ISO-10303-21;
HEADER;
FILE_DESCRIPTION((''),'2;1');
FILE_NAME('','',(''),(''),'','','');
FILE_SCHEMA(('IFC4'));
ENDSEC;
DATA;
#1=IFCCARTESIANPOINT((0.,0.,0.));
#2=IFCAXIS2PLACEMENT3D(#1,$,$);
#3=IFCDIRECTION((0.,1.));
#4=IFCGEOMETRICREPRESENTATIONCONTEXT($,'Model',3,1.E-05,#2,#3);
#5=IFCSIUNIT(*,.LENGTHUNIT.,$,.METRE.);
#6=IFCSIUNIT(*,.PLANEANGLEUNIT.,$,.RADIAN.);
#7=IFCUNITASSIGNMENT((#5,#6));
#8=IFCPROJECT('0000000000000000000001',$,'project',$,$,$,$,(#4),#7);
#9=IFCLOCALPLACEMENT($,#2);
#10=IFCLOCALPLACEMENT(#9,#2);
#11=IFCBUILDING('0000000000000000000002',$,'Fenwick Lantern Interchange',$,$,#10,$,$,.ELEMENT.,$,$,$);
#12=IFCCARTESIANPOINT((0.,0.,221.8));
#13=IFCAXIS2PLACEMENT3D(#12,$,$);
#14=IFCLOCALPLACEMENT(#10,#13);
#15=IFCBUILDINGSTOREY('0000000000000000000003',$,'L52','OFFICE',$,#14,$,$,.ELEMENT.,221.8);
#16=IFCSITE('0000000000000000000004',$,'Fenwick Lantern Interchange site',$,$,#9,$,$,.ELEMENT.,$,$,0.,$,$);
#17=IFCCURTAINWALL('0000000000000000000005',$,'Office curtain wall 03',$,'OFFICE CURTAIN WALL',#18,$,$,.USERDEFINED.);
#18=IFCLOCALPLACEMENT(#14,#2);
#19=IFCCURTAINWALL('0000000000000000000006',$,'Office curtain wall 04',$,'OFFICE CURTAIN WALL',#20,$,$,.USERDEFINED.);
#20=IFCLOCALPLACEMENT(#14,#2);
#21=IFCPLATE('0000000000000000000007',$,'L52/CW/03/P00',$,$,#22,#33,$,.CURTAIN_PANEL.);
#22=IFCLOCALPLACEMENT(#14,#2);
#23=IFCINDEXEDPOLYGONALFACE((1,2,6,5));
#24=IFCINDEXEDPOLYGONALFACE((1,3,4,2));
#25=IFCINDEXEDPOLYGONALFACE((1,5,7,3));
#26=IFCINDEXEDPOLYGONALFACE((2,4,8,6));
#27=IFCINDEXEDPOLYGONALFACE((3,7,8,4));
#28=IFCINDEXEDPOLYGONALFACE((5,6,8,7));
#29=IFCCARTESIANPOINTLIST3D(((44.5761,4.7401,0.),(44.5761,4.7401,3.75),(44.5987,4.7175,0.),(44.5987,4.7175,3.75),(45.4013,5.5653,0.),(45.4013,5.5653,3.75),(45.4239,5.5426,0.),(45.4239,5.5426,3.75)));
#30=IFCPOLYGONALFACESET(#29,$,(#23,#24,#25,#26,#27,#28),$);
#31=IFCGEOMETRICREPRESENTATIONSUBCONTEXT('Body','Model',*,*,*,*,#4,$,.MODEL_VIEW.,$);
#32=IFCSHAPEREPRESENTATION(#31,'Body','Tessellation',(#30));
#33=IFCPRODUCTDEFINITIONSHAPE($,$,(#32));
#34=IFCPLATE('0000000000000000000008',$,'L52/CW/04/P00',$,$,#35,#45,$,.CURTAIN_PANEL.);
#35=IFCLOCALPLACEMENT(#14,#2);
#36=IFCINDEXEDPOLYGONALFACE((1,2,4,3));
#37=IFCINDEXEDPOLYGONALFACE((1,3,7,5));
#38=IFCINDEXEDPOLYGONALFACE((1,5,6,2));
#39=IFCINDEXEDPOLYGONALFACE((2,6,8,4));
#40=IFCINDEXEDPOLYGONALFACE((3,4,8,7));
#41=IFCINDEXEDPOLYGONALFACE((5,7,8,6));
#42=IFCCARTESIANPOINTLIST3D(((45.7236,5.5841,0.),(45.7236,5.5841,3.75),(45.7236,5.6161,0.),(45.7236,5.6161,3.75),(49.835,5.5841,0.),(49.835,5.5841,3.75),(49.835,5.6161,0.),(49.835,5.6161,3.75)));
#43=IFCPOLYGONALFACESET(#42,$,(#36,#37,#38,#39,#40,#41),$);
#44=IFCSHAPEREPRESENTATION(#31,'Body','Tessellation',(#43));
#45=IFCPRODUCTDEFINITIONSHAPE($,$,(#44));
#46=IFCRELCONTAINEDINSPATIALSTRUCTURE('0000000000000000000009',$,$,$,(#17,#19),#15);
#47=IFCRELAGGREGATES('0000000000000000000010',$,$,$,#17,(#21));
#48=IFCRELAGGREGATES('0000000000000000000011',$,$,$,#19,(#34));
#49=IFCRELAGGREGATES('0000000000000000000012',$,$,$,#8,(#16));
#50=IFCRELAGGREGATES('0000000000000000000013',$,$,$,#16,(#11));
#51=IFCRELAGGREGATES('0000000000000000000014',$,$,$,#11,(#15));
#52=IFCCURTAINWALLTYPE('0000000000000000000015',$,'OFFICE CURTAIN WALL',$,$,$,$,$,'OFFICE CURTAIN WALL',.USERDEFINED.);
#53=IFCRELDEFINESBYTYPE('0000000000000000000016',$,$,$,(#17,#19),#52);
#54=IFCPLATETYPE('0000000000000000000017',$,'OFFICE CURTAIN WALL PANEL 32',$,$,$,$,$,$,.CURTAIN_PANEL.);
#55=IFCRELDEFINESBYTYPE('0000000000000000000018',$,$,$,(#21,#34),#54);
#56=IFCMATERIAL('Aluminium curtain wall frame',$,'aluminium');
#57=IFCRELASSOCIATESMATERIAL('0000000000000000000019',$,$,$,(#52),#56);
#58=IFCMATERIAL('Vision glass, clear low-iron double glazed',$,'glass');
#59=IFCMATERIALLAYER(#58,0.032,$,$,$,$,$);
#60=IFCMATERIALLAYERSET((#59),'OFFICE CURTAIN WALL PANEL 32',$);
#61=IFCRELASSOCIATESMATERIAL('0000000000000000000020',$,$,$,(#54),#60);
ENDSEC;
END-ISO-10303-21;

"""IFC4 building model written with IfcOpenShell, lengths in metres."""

from ifc_helpers import new_model, si_unit, direction, frame, origin, origin_2d, place, context, subcontext, project, spatial, rectangle, extrude, material, layer, layer_set, type_object, element, aggregate, save


model = new_model("IFC4")

# Units and contexts
model_context = context("Model", 3, precision=1e-05, world=origin(), true_north=direction((0.0, 1.0)))
body_context = subcontext(model_context, "Body", "Model", "MODEL_VIEW")
ifc_project = project(units=[si_unit("LENGTHUNIT", "METRE"), si_unit("PLANEANGLEUNIT", "RADIAN")], contexts=[model_context])

# Site, building, storey
site_placement = place(None, origin())
site = spatial("IfcSite", under=ifc_project, at=site_placement, Name="Fenwick Lantern Interchange site", CompositionType="ELEMENT", RefElevation=0.0)
building_placement = place(site_placement, origin())
building = spatial("IfcBuilding", under=site, at=building_placement, Name="Fenwick Lantern Interchange", CompositionType="ELEMENT")
storey_placement = place(building_placement, frame((0.0, 0.0, 221.8)))
storey = spatial("IfcBuildingStorey", under=building, at=storey_placement, Name="L52", Description="OFFICE", CompositionType="ELEMENT", Elevation=221.8)

# Shared definitions
ifc_material_1 = material(Name="Aluminium curtain wall frame", Category="aluminium")
curtain_wall_type = type_object("IfcCurtainWallType", Name="OFFICE CURTAIN WALL", ElementType="OFFICE CURTAIN WALL", PredefinedType="USERDEFINED", material=ifc_material_1)

# Curtain walls
curtain_wall_1_placement = place(storey_placement, origin())
curtain_wall_1 = element("IfcCurtainWall", 1, at=curtain_wall_1_placement, inside=storey, type_object=curtain_wall_type, Name="Office curtain wall 03", ObjectType="OFFICE CURTAIN WALL", PredefinedType="USERDEFINED")
curtain_wall_2_placement = place(storey_placement, origin())
curtain_wall_2 = element("IfcCurtainWall", 2, at=curtain_wall_2_placement, inside=storey, type_object=curtain_wall_type, Name="Office curtain wall 04", ObjectType="OFFICE CURTAIN WALL", PredefinedType="USERDEFINED")

# Plates
ifc_material_2 = material(Name="Vision glass, clear low-iron double glazed", Category="glass")
ifc_layer_1 = layer(ifc_material_2, 0.032)
ifc_layer_set_1 = layer_set([ifc_layer_1], Name="OFFICE CURTAIN WALL PANEL 32")
plate_type = type_object("IfcPlateType", Name="OFFICE CURTAIN WALL PANEL 32", PredefinedType="CURTAIN_PANEL", material=ifc_layer_set_1)
plate_1_placement = place(storey_placement, frame((45.0, 5.1414, 0.0), z_axis=(0.0, 0.0, 1.0), x_axis=(0.707107, 0.707107, 0.0)))
plate_1 = element("IfcPlate", 3, at=plate_1_placement, type_object=plate_type, Name="L52/CW/03/P00", PredefinedType="CURTAIN_PANEL", context=body_context, shape_type="SweptSolid", body=[
    extrude(rectangle(XDim=1.167, YDim=0.032, at=origin_2d()), origin(), (0.0, 0.0, 1.0), 3.75),
])
aggregate(curtain_wall_1, [plate_1])
plate_2_placement = place(storey_placement, frame((47.7793, 5.6001, 0.0), z_axis=(0.0, 0.0, 1.0), x_axis=(1.0, 0.0, 0.0)))
plate_2 = element("IfcPlate", 4, at=plate_2_placement, type_object=plate_type, Name="L52/CW/04/P00", PredefinedType="CURTAIN_PANEL", context=body_context, shape_type="SweptSolid", body=[
    extrude(rectangle(XDim=4.1113, YDim=0.032, at=origin_2d()), origin(), (0.0, 0.0, 1.0), 3.75),
])
aggregate(curtain_wall_2, [plate_2])

save(model, "model.ifc")
